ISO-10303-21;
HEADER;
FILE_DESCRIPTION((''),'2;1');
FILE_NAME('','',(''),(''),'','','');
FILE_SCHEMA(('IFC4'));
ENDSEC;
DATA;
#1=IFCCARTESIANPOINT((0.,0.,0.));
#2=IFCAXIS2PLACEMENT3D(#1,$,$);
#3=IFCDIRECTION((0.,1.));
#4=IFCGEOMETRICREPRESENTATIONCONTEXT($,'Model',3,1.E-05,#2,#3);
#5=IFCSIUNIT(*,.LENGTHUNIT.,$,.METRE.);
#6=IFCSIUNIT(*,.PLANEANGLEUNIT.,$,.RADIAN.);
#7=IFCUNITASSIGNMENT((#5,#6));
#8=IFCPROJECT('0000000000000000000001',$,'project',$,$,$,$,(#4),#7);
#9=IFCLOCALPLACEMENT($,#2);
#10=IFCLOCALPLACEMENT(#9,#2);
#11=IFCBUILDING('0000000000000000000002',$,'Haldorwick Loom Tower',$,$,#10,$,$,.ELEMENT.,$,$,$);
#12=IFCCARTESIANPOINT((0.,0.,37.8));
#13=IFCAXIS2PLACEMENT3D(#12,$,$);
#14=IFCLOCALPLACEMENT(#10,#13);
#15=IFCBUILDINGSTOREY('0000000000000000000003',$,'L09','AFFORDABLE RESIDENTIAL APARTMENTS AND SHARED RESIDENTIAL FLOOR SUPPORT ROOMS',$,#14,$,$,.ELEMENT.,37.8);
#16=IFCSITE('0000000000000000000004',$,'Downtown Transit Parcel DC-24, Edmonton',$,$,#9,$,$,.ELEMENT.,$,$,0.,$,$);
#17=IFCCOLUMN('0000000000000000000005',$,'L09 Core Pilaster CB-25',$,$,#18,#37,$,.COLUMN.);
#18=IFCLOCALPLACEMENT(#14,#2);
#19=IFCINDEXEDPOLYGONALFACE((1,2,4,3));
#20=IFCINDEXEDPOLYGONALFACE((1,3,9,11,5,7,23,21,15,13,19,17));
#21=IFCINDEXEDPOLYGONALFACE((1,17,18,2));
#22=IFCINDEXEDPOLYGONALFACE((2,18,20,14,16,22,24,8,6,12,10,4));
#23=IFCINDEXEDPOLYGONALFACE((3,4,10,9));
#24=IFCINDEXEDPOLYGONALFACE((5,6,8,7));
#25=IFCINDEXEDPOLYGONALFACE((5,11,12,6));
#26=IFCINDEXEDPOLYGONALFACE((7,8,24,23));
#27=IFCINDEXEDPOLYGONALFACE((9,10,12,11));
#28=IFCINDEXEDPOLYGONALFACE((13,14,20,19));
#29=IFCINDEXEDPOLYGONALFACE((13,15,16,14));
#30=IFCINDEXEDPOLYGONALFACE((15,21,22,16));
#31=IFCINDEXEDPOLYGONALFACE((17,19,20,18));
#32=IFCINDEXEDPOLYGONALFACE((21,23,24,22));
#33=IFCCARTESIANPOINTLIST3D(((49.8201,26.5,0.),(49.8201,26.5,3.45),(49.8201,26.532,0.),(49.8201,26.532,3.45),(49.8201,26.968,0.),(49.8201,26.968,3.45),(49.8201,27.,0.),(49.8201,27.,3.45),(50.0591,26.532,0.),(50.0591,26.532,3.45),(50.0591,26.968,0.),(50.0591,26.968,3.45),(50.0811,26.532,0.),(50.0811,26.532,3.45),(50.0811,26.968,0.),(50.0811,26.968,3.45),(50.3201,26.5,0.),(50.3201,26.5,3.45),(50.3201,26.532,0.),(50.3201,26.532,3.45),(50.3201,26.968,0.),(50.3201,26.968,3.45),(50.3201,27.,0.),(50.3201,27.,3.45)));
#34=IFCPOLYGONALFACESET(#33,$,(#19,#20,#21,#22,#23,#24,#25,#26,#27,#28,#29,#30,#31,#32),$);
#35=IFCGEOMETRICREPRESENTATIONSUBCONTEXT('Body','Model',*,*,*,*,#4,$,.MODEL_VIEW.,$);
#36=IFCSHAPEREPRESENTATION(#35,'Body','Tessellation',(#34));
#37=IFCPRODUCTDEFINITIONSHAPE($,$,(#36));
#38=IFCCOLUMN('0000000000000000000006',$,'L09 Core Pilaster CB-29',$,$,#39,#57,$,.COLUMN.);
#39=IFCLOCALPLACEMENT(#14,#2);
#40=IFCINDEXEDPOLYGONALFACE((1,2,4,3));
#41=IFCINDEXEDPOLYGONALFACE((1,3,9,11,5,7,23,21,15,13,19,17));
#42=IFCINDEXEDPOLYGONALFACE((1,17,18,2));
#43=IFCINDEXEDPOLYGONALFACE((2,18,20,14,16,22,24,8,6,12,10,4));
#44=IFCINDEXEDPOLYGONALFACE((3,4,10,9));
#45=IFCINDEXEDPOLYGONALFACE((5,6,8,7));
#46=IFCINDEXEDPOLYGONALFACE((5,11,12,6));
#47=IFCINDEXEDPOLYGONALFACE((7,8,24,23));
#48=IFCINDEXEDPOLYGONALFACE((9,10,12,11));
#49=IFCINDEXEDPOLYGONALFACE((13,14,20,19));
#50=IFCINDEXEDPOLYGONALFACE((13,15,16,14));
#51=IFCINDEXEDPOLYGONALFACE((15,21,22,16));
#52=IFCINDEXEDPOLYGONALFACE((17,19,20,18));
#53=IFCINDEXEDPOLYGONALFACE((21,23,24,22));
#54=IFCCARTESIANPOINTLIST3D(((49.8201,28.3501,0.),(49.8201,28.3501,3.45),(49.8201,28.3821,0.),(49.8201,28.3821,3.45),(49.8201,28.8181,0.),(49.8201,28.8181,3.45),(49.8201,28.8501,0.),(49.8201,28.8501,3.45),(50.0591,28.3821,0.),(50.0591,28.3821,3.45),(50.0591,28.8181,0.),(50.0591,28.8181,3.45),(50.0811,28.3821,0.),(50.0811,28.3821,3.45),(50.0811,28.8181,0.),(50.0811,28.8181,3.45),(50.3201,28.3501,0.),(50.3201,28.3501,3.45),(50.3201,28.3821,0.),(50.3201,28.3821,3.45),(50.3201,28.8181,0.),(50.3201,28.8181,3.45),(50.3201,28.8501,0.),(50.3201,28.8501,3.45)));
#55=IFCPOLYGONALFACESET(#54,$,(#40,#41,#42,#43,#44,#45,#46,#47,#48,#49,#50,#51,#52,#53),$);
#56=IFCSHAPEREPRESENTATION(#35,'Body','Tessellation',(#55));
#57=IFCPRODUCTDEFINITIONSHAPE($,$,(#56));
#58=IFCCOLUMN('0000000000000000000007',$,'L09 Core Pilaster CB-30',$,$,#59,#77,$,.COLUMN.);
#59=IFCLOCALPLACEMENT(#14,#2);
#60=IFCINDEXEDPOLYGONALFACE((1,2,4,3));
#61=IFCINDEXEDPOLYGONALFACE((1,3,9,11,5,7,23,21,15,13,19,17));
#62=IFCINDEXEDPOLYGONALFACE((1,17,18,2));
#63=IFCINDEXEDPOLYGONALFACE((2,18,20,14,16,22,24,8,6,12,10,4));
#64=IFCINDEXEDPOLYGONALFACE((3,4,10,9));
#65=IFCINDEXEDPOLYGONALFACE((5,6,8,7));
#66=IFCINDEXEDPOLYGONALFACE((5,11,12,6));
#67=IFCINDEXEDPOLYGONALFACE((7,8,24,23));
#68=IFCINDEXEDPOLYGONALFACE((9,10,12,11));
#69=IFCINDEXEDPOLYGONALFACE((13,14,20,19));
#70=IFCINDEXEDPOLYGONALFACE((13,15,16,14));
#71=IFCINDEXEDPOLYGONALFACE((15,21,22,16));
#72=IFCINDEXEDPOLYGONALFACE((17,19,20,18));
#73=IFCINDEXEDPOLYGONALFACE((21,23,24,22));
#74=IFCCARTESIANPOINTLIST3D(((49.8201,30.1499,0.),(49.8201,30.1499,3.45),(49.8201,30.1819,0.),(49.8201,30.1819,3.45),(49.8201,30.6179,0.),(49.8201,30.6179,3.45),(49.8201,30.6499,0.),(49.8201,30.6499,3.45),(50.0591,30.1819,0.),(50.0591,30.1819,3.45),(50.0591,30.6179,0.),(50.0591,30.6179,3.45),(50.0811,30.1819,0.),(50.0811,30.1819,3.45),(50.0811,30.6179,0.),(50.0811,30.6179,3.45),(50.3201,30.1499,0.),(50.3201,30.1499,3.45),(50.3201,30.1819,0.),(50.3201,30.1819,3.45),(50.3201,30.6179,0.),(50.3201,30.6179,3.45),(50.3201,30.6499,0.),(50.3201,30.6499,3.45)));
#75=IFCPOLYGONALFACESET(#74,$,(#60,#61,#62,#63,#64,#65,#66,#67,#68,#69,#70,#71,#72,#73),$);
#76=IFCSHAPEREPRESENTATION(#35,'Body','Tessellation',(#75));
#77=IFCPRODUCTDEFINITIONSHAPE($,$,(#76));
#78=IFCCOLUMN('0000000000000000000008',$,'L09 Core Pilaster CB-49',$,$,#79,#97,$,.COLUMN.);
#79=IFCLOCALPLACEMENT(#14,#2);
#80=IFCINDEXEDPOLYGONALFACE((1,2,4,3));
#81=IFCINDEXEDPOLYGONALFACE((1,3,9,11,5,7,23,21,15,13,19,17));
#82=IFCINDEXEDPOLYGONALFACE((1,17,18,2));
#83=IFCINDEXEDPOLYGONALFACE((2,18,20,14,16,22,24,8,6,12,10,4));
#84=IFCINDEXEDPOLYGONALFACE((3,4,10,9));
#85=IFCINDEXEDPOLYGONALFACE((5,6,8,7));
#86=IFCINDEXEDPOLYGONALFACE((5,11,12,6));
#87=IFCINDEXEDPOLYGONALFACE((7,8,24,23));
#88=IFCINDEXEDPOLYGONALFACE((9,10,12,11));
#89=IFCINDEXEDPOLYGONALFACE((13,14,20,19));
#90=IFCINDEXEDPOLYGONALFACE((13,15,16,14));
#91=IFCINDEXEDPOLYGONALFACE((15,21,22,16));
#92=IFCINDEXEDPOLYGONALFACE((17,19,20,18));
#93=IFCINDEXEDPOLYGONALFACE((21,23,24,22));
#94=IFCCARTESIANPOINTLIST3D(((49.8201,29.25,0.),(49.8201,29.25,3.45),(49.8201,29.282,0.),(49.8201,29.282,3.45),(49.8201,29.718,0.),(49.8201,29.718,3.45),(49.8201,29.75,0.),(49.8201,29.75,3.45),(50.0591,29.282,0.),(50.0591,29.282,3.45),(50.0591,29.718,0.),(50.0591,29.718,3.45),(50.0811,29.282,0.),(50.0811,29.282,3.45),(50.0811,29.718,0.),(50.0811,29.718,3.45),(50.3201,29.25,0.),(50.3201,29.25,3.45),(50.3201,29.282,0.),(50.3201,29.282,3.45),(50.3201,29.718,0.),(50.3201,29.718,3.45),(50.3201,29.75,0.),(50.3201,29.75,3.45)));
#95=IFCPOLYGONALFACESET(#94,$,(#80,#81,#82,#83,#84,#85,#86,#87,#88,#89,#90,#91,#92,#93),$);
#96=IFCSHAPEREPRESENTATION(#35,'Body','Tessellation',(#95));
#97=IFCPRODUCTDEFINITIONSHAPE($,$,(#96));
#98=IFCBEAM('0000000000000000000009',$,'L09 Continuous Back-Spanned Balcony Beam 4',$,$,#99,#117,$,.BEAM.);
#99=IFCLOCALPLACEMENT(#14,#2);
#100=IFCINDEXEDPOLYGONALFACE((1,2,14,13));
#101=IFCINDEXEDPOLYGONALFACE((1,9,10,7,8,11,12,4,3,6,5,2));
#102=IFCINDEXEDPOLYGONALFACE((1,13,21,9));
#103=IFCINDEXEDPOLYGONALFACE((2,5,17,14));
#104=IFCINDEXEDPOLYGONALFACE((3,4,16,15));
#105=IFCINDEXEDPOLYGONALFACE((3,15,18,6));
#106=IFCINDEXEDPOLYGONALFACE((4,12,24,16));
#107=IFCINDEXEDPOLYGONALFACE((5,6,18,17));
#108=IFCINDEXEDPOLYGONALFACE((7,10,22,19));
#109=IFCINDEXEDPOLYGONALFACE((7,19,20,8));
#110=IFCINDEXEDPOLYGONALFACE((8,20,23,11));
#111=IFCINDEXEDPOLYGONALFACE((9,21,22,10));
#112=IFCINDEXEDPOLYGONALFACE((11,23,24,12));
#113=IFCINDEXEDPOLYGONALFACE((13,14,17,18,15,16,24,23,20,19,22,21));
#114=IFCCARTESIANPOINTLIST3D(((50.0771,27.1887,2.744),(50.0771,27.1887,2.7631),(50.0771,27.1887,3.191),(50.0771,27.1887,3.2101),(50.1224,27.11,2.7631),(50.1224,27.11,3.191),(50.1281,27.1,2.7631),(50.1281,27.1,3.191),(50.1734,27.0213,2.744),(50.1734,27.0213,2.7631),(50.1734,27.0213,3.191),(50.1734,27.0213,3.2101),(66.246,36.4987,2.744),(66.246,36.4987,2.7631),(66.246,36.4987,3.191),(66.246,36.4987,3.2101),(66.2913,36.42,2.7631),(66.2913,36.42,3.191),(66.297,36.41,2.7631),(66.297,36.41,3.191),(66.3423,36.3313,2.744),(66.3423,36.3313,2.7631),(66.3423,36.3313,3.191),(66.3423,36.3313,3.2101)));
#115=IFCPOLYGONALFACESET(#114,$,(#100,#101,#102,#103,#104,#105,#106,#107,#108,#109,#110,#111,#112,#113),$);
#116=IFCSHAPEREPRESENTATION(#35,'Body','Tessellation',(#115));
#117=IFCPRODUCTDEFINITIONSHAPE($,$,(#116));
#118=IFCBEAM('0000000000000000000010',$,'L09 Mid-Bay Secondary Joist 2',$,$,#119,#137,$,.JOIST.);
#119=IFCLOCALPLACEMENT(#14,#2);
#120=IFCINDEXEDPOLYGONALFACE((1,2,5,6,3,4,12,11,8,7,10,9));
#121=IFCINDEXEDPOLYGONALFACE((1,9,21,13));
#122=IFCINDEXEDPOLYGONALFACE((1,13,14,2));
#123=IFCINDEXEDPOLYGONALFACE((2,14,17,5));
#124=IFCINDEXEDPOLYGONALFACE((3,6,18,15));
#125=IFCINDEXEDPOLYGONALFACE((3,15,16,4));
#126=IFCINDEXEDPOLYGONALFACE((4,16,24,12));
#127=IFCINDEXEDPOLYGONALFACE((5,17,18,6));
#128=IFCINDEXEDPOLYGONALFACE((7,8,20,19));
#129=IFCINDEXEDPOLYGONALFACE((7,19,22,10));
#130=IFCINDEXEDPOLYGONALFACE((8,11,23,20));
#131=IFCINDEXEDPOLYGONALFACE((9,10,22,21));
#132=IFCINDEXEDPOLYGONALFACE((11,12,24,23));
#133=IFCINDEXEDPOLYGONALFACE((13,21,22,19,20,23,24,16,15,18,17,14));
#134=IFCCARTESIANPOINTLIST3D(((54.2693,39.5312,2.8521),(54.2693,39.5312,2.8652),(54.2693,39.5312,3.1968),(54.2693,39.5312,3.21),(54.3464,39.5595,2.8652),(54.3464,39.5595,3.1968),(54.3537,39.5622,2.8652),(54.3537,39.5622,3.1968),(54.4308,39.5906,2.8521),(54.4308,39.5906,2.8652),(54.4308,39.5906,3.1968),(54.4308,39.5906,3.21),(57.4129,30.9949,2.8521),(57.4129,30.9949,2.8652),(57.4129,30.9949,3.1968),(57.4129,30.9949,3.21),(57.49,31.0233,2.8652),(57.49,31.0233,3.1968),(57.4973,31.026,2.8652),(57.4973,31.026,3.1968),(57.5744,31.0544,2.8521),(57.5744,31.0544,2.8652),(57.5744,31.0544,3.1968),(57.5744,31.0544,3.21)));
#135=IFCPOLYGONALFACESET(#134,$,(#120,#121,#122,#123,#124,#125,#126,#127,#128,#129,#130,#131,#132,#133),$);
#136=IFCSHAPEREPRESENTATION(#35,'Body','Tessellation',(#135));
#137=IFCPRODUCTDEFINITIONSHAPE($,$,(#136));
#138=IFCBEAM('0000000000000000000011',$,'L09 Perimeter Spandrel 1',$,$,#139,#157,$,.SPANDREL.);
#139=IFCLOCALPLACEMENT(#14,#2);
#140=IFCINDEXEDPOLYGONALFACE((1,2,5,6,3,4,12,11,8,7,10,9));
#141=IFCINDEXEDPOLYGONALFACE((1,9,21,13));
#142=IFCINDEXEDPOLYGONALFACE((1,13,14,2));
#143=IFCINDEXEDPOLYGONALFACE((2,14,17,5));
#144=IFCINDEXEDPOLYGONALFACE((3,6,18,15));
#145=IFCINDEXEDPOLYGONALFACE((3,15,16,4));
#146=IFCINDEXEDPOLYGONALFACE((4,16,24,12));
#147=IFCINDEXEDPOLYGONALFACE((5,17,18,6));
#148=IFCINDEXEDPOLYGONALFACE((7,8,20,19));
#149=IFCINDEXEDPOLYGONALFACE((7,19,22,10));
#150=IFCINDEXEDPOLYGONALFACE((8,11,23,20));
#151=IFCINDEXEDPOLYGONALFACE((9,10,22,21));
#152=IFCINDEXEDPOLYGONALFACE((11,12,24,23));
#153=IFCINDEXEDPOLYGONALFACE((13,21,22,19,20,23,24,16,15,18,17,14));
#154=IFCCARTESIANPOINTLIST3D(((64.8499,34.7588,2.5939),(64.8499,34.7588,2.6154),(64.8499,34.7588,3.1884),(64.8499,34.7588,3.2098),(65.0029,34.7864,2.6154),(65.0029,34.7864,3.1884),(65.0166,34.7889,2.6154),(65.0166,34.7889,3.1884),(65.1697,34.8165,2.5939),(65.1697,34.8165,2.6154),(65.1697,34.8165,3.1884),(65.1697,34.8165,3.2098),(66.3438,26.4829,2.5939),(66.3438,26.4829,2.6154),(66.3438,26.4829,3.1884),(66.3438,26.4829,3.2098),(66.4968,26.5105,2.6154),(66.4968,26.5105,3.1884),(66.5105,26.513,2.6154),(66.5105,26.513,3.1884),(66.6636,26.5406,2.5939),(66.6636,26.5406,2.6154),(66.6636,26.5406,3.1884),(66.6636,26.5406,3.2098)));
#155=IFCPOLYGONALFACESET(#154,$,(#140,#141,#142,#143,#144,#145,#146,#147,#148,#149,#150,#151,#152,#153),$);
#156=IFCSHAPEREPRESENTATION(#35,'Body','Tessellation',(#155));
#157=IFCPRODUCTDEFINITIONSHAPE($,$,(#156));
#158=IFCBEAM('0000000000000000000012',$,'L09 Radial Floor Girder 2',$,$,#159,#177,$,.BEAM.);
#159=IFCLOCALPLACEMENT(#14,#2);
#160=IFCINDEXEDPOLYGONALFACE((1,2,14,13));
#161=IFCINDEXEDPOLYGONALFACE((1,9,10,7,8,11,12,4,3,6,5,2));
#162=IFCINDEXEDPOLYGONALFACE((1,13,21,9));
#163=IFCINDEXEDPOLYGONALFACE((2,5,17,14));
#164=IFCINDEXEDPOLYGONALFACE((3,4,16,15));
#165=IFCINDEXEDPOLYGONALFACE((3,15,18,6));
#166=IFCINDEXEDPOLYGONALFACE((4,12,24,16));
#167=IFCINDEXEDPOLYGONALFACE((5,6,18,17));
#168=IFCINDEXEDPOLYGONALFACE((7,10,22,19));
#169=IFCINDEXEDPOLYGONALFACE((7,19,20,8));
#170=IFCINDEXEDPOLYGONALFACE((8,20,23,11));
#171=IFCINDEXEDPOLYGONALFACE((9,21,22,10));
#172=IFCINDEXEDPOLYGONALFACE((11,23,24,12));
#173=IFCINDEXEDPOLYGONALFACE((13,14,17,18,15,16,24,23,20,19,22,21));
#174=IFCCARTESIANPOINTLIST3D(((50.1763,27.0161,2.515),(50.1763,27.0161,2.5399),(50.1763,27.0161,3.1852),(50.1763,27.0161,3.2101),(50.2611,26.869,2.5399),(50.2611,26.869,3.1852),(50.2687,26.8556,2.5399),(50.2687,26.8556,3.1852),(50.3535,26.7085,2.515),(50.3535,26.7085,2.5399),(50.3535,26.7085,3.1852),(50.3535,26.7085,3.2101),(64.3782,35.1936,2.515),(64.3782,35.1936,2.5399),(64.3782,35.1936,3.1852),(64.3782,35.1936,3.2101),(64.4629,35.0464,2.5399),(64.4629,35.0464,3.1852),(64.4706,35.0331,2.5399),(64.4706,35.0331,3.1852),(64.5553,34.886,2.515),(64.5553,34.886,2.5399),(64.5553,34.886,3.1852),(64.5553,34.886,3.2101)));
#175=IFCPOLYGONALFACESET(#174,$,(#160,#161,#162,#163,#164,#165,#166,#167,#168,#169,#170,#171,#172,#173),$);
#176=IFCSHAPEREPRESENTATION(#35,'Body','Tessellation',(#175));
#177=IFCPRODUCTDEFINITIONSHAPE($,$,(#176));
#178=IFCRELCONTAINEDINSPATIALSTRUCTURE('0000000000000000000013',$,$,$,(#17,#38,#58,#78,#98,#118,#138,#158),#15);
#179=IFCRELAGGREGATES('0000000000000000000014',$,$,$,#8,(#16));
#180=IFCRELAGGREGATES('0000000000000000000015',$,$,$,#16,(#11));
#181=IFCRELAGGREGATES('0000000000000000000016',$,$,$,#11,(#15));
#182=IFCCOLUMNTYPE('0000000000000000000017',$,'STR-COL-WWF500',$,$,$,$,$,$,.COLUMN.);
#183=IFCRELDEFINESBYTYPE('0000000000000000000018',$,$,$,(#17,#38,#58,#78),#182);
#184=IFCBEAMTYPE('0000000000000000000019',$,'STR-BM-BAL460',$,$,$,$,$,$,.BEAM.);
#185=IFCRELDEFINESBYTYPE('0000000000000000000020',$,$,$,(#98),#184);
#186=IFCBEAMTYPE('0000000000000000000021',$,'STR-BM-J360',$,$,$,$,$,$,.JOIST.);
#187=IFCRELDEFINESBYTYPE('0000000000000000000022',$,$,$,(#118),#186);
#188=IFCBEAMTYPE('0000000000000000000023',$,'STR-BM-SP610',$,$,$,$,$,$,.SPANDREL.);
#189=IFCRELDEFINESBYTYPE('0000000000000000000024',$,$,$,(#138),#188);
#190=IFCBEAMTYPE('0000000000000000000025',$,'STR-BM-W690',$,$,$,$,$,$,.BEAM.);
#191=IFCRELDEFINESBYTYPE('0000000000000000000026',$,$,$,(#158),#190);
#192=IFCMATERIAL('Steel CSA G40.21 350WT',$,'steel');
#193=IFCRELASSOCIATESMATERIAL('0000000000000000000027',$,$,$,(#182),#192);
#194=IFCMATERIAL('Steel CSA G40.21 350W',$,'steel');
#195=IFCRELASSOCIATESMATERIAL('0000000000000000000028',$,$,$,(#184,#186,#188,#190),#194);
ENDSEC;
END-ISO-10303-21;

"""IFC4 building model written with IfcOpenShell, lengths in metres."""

from ifc_helpers import new_model, si_unit, direction, frame, origin, origin_2d, place, context, subcontext, project, spatial, i_section, extrude, material, material_profile, profile_set, type_object, element, save


model = new_model("IFC4")

# Units and contexts
model_context = context("Model", 3, precision=1e-05, world=origin(), true_north=direction((0.0, 1.0)))
body_context = subcontext(model_context, "Body", "Model", "MODEL_VIEW")
ifc_project = project(units=[si_unit("LENGTHUNIT", "METRE"), si_unit("PLANEANGLEUNIT", "RADIAN")], contexts=[model_context])

# Site, building, storey
site_placement = place(None, origin())
site = spatial("IfcSite", under=ifc_project, at=site_placement, Name="Downtown Transit Parcel DC-24, Edmonton", CompositionType="ELEMENT", RefElevation=0.0)
building_placement = place(site_placement, origin())
building = spatial("IfcBuilding", under=site, at=building_placement, Name="Haldorwick Loom Tower", CompositionType="ELEMENT")
storey_placement = place(building_placement, frame((0.0, 0.0, 37.8)))
storey = spatial("IfcBuildingStorey", under=building, at=storey_placement, Name="L09", Description="AFFORDABLE RESIDENTIAL APARTMENTS AND SHARED RESIDENTIAL FLOOR SUPPORT ROOMS", CompositionType="ELEMENT", Elevation=37.8)

# Columns
ifc_material_1 = material(Name="Steel CSA G40.21 350WT", Category="steel")
ifc_material_profile_1 = material_profile(ifc_material_1, i_section(OverallWidth=0.5, OverallDepth=0.5, WebThickness=0.022, FlangeThickness=0.032, at=origin_2d()), Name="WWF500X500", Category="steel")
ifc_profile_set_1 = profile_set([ifc_material_profile_1], Name="Steel CSA G40.21 350WT")
column_type = type_object("IfcColumnType", Name="STR-COL-WWF500", PredefinedType="COLUMN", material=ifc_profile_set_1)
for number, where, z_axis, x_axis, name in (
    (1, (50.0701, 26.75, 0.0), (0.0, 0.0, 1.0), (1.0, 0.0, 0.0), "L09 Core Pilaster CB-25"),
    (2, (50.0701, 28.6001, 0.0), (0.0, 0.0, 1.0), (1.0, 0.0, 0.0), "L09 Core Pilaster CB-29"),
    (3, (50.0701, 30.3999, 0.0), (0.0, 0.0, 1.0), (1.0, 0.0, 0.0), "L09 Core Pilaster CB-30"),
    (4, (50.0701, 29.5, 0.0), (0.0, 0.0, 1.0), (1.0, 0.0, 0.0), "L09 Core Pilaster CB-49"),
):
    element("IfcColumn", number, at=place(storey_placement, frame(where, z_axis=z_axis, x_axis=x_axis)), inside=storey, type_object=column_type, Name=name, PredefinedType="COLUMN", context=body_context, shape_type="SweptSolid", body=[
        extrude(i_section(OverallWidth=0.5, OverallDepth=0.5, WebThickness=0.022, FlangeThickness=0.032, at=origin_2d()), origin(), (0.0, 0.0, 1.0), 3.45),
    ])

# Beams
ifc_material_2 = material(Name="Steel CSA G40.21 350W", Category="steel")
ifc_material_profile_2 = material_profile(ifc_material_2, i_section(OverallWidth=0.1931, OverallDepth=0.4661, WebThickness=0.0115, FlangeThickness=0.019, at=origin_2d()), Name="W460X97", Category="steel")
ifc_profile_set_2 = profile_set([ifc_material_profile_2], Name="Steel CSA G40.21 350W")
beam_type_1 = type_object("IfcBeamType", Name="STR-BM-BAL460", PredefinedType="BEAM", material=ifc_profile_set_2)
beam_1_placement = place(storey_placement, frame((50.1252, 27.105, 2.9771), z_axis=(0.866607, 0.498991, 0.0), x_axis=(-0.498991, 0.866607, 0.0)))
element("IfcBeam", 5, at=beam_1_placement, inside=storey, type_object=beam_type_1, Name="L09 Continuous Back-Spanned Balcony Beam 4", PredefinedType="BEAM", context=body_context, shape_type="SweptSolid", body=[
    extrude(i_section(OverallWidth=0.1931, OverallDepth=0.4661, WebThickness=0.0115, FlangeThickness=0.019, at=origin_2d()), origin(), (0.0, 0.0, 1.0), 18.6577),
])
ifc_material_profile_3 = material_profile(ifc_material_2, i_section(OverallWidth=0.1721, OverallDepth=0.3579, WebThickness=0.0078, FlangeThickness=0.0132, at=origin_2d()), Name="W360X57", Category="steel")
ifc_profile_set_3 = profile_set([ifc_material_profile_3], Name="Steel CSA G40.21 350W")
beam_type_2 = type_object("IfcBeamType", Name="STR-BM-J360", PredefinedType="JOIST", material=ifc_profile_set_3)
beam_2_placement = place(storey_placement, frame((57.4937, 31.0247, 3.031), z_axis=(-0.345576, 0.938391, 0.0), x_axis=(-0.938391, -0.345576, 0.0)))
element("IfcBeam", 6, at=beam_2_placement, inside=storey, type_object=beam_type_2, Name="L09 Mid-Bay Secondary Joist 2", PredefinedType="JOIST", context=body_context, shape_type="SweptSolid", body=[
    extrude(i_section(OverallWidth=0.1721, OverallDepth=0.3579, WebThickness=0.0078, FlangeThickness=0.0132, at=origin_2d()), origin(), (0.0, 0.0, 1.0), 9.0967),
])
ifc_material_profile_4 = material_profile(ifc_material_2, i_section(OverallWidth=0.325, OverallDepth=0.616, WebThickness=0.0139, FlangeThickness=0.0215, at=origin_2d()), Name="W610X174", Category="steel")
ifc_profile_set_4 = profile_set([ifc_material_profile_4], Name="Steel CSA G40.21 350W")
beam_type_3 = type_object("IfcBeamType", Name="STR-BM-SP610", PredefinedType="SPANDREL", material=ifc_profile_set_4)
beam_3_placement = place(storey_placement, frame((66.5037, 26.5117, 2.9019), z_axis=(-0.177641, 0.984095, 0.0), x_axis=(-0.984095, -0.177641, 0.0)))
element("IfcBeam", 7, at=beam_3_placement, inside=storey, type_object=beam_type_3, Name="L09 Perimeter Spandrel 1", PredefinedType="SPANDREL", context=body_context, shape_type="SweptSolid", body=[
    extrude(i_section(OverallWidth=0.325, OverallDepth=0.616, WebThickness=0.0139, FlangeThickness=0.0215, at=origin_2d()), origin(), (0.0, 0.0, 1.0), 8.4097),
])
ifc_material_profile_5 = material_profile(ifc_material_2, i_section(OverallWidth=0.355, OverallDepth=0.6951, WebThickness=0.0154, FlangeThickness=0.0249, at=origin_2d()), Name="W690X217", Category="steel")
ifc_profile_set_5 = profile_set([ifc_material_profile_5], Name="Steel CSA G40.21 350W")
beam_type_4 = type_object("IfcBeamType", Name="STR-BM-W690", PredefinedType="BEAM", material=ifc_profile_set_5)
beam_4_placement = place(storey_placement, frame((50.2649, 26.8623, 2.8625), z_axis=(0.866606, 0.498994, 0.0), x_axis=(-0.498994, 0.866606, 0.0)))
element("IfcBeam", 8, at=beam_4_placement, inside=storey, type_object=beam_type_4, Name="L09 Radial Floor Girder 2", PredefinedType="BEAM", context=body_context, shape_type="SweptSolid", body=[
    extrude(i_section(OverallWidth=0.355, OverallDepth=0.6951, WebThickness=0.0154, FlangeThickness=0.0249, at=origin_2d()), origin(), (0.0, 0.0, 1.0), 16.3879),
])

save(model, "model.ifc")
